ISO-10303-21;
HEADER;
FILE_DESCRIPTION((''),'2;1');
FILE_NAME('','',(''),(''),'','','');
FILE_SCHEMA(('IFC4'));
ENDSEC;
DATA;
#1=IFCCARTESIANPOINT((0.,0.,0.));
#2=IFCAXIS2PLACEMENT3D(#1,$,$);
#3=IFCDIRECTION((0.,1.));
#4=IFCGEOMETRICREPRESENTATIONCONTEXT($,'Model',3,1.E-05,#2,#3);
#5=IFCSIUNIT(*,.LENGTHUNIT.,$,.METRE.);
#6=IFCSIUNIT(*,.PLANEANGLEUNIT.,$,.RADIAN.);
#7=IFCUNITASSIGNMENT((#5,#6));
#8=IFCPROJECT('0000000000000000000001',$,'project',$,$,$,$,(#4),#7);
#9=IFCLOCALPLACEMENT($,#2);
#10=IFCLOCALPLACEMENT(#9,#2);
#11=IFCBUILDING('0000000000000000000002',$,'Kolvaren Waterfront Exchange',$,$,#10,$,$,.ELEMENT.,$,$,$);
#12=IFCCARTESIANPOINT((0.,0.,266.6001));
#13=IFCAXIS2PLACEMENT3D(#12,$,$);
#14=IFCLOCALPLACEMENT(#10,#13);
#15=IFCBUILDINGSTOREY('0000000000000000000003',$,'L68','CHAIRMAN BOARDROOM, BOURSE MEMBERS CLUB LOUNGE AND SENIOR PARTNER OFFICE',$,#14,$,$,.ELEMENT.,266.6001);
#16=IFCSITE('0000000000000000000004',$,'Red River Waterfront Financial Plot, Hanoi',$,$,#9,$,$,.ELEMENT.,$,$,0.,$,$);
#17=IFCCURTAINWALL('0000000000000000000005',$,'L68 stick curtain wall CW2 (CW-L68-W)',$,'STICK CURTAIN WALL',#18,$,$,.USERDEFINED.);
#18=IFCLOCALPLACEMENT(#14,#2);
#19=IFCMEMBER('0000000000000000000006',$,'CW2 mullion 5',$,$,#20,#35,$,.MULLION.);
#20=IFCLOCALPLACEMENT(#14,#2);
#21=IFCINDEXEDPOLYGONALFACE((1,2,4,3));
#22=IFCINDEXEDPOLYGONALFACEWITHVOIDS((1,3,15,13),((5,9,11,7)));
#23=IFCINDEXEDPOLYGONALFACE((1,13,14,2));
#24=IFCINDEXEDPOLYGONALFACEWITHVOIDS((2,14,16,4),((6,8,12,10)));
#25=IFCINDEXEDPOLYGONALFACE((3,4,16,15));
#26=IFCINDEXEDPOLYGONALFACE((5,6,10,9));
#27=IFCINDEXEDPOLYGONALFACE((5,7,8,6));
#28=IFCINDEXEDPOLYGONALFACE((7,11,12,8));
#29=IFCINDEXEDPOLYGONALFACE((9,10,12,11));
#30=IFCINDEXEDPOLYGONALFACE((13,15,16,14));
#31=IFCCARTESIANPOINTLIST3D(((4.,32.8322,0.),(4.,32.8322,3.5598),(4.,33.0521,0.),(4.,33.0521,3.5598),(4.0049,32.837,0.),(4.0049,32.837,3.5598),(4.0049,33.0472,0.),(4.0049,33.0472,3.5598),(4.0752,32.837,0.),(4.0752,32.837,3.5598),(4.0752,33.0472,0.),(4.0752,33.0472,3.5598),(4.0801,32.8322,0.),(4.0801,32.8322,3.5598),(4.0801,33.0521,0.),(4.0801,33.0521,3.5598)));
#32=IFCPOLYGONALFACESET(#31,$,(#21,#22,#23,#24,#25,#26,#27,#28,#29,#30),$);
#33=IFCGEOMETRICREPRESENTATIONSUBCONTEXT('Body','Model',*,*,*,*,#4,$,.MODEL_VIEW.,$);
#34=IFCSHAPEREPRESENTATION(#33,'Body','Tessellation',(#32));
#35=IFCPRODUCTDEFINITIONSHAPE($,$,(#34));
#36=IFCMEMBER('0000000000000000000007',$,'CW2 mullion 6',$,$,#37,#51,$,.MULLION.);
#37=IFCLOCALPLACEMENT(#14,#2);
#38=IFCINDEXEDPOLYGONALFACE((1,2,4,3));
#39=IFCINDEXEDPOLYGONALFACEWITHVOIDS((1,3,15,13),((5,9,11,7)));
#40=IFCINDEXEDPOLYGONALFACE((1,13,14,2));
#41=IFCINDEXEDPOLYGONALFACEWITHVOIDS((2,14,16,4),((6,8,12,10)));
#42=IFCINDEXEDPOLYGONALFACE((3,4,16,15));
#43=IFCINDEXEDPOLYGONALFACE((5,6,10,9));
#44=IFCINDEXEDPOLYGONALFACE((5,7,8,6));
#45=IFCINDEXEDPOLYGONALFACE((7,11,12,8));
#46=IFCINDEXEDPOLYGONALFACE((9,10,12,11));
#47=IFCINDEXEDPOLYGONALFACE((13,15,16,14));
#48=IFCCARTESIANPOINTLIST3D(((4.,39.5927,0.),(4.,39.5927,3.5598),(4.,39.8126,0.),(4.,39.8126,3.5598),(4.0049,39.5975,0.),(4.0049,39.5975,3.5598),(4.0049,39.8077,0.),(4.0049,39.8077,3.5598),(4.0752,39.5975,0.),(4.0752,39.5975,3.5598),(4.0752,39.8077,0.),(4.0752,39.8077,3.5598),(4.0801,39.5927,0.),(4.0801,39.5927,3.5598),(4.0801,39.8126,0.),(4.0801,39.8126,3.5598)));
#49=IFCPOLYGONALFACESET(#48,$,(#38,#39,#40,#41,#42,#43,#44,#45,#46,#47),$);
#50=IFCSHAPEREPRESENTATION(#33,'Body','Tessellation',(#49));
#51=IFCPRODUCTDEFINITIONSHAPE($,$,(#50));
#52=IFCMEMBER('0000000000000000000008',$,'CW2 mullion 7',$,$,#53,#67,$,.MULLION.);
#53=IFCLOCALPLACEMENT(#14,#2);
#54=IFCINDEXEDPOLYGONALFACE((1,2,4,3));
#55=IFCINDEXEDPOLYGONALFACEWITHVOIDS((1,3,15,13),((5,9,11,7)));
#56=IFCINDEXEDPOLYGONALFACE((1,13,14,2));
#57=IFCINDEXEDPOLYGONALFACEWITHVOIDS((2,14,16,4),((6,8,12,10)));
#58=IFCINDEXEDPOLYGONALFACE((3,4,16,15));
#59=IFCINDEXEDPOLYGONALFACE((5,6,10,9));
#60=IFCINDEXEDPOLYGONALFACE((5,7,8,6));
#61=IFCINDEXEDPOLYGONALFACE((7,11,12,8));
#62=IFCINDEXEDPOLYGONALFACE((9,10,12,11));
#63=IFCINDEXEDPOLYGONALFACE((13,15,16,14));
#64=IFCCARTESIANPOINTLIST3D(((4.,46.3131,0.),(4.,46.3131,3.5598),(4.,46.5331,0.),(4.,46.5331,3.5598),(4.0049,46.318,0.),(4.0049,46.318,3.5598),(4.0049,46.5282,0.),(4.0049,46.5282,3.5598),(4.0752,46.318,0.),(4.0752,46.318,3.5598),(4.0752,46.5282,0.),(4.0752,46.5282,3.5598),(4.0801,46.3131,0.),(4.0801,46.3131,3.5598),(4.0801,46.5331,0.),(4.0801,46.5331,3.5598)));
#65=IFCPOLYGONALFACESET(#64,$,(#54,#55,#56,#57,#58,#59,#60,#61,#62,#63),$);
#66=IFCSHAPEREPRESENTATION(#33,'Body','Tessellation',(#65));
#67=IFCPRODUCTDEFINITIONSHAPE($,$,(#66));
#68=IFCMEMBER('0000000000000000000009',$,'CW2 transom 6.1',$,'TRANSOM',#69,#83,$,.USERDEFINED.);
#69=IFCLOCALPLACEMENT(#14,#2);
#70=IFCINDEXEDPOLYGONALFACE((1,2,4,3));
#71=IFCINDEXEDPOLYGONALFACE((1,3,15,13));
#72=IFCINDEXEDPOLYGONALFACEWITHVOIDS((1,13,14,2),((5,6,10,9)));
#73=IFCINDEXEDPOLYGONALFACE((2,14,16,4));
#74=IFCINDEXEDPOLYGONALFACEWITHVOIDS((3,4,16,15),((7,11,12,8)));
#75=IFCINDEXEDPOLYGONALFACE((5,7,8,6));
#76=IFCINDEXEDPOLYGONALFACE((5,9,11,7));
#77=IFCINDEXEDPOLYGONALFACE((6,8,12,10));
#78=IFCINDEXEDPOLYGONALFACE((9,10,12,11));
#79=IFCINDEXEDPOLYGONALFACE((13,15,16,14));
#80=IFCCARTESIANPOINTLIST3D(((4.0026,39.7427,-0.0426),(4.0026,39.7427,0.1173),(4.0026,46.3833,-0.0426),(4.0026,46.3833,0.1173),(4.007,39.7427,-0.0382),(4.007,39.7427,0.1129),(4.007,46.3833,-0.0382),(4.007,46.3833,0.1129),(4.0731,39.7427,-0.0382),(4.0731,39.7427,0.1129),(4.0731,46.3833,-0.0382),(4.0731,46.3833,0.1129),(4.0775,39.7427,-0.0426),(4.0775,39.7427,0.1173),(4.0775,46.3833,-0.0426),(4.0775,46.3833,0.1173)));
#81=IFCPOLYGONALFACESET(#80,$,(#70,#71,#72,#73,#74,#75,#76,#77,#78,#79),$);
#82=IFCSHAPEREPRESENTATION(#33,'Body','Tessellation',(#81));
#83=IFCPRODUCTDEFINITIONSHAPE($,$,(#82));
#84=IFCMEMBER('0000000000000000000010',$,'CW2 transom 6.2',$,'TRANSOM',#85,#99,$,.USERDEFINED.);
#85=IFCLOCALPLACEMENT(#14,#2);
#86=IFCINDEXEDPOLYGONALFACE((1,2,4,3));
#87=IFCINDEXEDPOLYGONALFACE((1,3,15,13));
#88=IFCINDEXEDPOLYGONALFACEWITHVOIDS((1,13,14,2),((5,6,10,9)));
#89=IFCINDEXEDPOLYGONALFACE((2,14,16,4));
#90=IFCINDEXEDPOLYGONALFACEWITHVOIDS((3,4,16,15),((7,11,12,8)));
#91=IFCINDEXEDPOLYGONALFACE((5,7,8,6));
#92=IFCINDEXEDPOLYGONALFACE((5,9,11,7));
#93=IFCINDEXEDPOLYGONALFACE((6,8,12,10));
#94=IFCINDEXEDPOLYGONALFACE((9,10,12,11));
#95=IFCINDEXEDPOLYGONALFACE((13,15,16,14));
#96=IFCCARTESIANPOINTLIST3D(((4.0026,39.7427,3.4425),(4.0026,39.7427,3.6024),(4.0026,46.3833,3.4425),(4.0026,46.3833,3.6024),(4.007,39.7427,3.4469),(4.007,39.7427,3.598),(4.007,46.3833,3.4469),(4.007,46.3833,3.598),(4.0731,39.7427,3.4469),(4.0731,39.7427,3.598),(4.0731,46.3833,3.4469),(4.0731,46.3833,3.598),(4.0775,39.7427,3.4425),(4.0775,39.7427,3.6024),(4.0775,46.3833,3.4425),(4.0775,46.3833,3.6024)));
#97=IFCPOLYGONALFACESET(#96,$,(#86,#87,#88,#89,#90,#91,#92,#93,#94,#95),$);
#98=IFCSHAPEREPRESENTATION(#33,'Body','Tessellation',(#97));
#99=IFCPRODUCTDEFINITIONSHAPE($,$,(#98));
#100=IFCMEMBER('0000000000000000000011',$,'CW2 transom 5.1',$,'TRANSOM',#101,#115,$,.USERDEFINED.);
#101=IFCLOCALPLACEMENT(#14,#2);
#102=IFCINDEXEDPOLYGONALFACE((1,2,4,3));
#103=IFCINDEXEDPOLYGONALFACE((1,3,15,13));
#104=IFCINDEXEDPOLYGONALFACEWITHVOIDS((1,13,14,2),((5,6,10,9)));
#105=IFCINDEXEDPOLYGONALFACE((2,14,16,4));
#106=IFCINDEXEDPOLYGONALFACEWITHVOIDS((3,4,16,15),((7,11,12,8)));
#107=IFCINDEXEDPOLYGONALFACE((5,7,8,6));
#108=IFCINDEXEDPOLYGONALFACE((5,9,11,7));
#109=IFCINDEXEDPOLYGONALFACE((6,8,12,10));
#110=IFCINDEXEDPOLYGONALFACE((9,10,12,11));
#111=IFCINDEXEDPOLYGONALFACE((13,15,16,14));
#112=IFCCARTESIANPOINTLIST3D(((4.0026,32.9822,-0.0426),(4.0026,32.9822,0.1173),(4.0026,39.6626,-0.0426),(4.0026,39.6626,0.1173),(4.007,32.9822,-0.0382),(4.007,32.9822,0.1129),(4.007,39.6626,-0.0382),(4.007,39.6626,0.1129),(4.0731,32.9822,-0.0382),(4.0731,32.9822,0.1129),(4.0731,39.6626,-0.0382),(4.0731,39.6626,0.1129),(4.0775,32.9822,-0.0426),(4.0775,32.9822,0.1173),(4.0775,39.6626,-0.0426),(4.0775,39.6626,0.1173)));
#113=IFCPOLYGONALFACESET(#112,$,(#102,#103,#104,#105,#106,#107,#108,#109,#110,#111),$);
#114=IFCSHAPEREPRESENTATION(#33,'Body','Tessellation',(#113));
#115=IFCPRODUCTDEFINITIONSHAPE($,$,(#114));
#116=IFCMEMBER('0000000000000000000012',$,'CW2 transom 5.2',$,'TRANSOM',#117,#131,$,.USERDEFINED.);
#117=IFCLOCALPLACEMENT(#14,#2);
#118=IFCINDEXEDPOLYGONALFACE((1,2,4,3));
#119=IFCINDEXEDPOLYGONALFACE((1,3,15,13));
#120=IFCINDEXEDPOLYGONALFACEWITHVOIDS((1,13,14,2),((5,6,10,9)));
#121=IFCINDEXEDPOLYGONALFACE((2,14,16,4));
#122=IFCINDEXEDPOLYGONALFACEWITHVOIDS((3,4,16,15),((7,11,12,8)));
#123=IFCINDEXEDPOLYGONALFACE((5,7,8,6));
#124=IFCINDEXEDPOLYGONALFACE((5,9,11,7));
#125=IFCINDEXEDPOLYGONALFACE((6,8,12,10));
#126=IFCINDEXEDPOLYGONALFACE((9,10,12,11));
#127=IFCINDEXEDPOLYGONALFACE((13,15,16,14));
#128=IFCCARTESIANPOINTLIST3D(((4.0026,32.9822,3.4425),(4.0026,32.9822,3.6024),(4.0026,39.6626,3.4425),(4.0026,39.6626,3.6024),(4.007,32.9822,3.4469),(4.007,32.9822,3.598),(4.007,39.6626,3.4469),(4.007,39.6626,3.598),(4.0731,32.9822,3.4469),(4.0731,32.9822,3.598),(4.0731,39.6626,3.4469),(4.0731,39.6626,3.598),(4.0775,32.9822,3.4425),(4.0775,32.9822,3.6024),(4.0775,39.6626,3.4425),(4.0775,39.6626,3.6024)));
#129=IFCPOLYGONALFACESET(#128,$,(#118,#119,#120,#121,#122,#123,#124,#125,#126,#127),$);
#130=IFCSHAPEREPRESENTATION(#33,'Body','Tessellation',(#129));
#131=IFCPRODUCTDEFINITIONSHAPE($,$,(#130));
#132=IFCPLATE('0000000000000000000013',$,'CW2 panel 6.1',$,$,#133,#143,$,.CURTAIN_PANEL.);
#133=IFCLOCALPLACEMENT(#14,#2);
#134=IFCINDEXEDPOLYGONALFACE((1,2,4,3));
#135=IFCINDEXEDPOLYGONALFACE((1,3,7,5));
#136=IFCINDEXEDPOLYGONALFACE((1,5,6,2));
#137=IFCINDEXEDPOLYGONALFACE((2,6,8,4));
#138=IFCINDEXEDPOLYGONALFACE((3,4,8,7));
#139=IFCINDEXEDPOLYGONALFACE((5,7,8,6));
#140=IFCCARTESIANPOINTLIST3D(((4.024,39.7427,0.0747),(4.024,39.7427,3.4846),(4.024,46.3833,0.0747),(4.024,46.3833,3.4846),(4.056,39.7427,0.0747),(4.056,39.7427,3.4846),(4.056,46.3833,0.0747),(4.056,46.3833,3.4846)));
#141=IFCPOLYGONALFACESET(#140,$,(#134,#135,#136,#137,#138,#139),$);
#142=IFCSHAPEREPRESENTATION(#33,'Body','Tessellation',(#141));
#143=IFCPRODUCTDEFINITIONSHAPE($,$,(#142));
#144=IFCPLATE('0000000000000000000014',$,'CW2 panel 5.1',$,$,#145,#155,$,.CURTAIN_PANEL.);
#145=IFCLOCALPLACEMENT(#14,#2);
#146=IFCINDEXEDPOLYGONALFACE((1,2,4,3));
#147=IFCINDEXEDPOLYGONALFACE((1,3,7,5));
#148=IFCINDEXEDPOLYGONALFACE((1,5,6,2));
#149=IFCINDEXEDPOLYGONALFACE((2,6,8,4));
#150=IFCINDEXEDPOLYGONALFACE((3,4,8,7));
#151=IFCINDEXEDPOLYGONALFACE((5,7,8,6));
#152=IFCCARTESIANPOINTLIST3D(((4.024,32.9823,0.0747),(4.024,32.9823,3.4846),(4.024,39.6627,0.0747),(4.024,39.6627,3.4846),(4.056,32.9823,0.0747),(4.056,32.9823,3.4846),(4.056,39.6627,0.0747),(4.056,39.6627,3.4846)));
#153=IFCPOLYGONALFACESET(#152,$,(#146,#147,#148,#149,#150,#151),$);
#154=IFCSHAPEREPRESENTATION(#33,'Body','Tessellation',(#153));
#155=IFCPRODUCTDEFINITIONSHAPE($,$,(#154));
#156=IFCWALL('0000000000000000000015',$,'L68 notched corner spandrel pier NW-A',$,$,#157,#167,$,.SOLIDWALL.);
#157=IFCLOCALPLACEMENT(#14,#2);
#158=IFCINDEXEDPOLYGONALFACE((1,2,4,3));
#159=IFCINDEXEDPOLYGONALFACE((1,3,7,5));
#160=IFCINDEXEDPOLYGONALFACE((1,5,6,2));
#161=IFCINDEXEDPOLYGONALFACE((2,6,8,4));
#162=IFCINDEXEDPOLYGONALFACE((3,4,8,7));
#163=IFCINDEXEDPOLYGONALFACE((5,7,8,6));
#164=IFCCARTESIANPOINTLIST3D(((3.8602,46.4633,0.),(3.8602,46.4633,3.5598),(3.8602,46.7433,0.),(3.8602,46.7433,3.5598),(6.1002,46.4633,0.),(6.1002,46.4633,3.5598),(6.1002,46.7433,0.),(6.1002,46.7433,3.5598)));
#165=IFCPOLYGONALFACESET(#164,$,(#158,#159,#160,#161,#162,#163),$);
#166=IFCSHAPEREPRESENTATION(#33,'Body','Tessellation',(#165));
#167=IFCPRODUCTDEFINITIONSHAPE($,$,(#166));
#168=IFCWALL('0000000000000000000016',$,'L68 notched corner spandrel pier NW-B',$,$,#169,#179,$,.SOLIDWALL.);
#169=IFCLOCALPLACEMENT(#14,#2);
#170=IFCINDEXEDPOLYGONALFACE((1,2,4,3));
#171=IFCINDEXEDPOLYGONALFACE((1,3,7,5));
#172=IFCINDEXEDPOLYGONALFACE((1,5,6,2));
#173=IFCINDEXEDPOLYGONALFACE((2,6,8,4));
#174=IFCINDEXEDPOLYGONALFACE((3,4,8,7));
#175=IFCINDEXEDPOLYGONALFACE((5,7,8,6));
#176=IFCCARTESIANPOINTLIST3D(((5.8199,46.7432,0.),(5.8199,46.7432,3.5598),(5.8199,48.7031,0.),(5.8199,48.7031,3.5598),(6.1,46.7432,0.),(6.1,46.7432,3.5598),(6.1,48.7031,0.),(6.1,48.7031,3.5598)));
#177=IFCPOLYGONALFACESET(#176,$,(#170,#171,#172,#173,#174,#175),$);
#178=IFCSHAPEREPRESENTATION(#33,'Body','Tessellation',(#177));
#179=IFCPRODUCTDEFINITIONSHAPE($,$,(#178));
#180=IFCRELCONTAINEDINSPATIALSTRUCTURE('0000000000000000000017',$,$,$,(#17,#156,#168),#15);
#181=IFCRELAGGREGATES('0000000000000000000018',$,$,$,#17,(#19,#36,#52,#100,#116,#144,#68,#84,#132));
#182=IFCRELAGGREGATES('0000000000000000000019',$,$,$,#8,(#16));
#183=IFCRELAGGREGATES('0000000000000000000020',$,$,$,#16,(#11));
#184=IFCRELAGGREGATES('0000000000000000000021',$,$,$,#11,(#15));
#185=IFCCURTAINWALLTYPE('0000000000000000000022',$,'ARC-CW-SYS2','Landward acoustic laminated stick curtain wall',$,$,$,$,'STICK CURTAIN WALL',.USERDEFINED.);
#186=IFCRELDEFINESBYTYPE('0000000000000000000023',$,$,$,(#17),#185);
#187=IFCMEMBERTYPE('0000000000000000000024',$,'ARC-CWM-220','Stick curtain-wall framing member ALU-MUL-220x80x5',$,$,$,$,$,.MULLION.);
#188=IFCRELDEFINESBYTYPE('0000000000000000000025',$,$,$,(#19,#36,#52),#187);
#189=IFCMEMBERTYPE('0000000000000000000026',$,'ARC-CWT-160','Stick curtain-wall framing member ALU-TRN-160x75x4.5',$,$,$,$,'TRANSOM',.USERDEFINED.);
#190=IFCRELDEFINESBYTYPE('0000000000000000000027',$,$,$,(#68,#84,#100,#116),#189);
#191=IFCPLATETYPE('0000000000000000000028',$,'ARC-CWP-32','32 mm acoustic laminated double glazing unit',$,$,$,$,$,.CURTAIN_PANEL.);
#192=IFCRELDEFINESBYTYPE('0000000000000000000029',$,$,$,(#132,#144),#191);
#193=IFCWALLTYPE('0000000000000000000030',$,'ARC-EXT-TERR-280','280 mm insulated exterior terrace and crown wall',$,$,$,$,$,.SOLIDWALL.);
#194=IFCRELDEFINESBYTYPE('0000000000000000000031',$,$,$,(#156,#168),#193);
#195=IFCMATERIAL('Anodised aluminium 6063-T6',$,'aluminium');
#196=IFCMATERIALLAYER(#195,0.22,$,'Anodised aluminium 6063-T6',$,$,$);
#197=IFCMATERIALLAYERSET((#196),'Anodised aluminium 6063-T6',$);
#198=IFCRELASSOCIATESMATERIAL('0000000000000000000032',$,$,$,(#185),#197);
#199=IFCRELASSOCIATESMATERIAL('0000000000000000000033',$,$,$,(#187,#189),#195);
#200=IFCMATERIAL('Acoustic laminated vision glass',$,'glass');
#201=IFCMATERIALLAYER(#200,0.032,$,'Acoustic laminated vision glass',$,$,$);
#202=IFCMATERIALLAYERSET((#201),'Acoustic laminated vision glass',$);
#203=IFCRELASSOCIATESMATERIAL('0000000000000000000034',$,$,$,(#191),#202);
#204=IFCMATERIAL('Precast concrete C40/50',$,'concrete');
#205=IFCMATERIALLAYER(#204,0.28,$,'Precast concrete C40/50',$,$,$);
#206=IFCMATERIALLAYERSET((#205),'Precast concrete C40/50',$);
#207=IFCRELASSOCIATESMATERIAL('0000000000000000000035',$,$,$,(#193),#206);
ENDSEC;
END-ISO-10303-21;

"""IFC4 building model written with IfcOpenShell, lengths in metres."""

from ifc_helpers import new_model, si_unit, direction, frame, frame_2d, origin, origin_with_axes, origin_2d, place, context, subcontext, project, spatial, rectangle, hollow_rectangle, extrude, source, transform, mapped, material, layer, layer_set, material_profile, profile_set, type_object, element, aggregate, save


model = new_model("IFC4")

# Units and contexts
model_context = context("Model", 3, precision=1e-05, world=origin(), true_north=direction((0.0, 1.0)))
body_context = subcontext(model_context, "Body", "Model", "MODEL_VIEW")
ifc_project = project(units=[si_unit("LENGTHUNIT", "METRE"), si_unit("PLANEANGLEUNIT", "RADIAN")], contexts=[model_context])

# Site, building, storey
site_placement = place(None, origin())
site = spatial("IfcSite", under=ifc_project, at=site_placement, Name="Red River Waterfront Financial Plot, Hanoi", CompositionType="ELEMENT", RefElevation=0.0)
building_placement = place(site_placement, origin())
building = spatial("IfcBuilding", under=site, at=building_placement, Name="Kolvaren Waterfront Exchange", CompositionType="ELEMENT")
storey_placement = place(building_placement, frame((0.0, 0.0, 266.6001)))
storey = spatial("IfcBuildingStorey", under=building, at=storey_placement, Name="L68", Description="CHAIRMAN BOARDROOM, BOURSE MEMBERS CLUB LOUNGE AND SENIOR PARTNER OFFICE", CompositionType="ELEMENT", Elevation=266.6001)

# Curtain wall, members, plates
ifc_material_1 = material(Name="Anodised aluminium 6063-T6", Category="aluminium")
ifc_layer_1 = layer(ifc_material_1, 0.22, Name="Anodised aluminium 6063-T6")
ifc_layer_set_1 = layer_set([ifc_layer_1], Name="Anodised aluminium 6063-T6")
curtain_wall_type = type_object("IfcCurtainWallType", Name="ARC-CW-SYS2", Description="Landward acoustic laminated stick curtain wall", ElementType="STICK CURTAIN WALL", PredefinedType="USERDEFINED", material=ifc_layer_set_1)
curtain_wall_placement = place(storey_placement, origin())
curtain_wall = element("IfcCurtainWall", 1, at=curtain_wall_placement, inside=storey, type_object=curtain_wall_type, Name="L68 stick curtain wall CW2 (CW-L68-W)", ObjectType="STICK CURTAIN WALL", PredefinedType="USERDEFINED")
ifc_material_profile_1 = material_profile(ifc_material_1, hollow_rectangle(XDim=0.0801, YDim=0.22, WallThickness=0.0049, at=origin_2d()), Name="ALU-MUL-220x80x5")
ifc_profile_set_1 = profile_set([ifc_material_profile_1], Name="Anodised aluminium 6063-T6")
member_type_1 = type_object("IfcMemberType", Name="ARC-CWM-220", Description="Stick curtain-wall framing member ALU-MUL-220x80x5", PredefinedType="MULLION", material=ifc_profile_set_1)
shared_shape_1 = source(origin_with_axes(), body_context, "Body", "SweptSolid", [
    extrude(hollow_rectangle(XDim=0.0801, YDim=0.22, WallThickness=0.0049, at=origin_2d()), origin(), (0.0, 0.0, 1.0), 3.5598),
])
member_1_placement = place(storey_placement, frame((4.04, 32.9421, 0.0), z_axis=(0.0, 0.0, 1.0), x_axis=(-1.0, 0.0, 0.0)))
member_1 = element("IfcMember", 2, at=member_1_placement, type_object=member_type_1, Name="CW2 mullion 5", PredefinedType="MULLION", context=body_context, shape_type="MappedRepresentation", body=[
    mapped(shared_shape_1, transform((0.0, 0.0, 0.0), x_axis=(1.0, 0.0, 0.0), y_axis=(0.0, 1.0, 0.0), z_axis=(0.0, 0.0, 1.0), scale=1.0)),
])
member_2_placement = place(storey_placement, frame((4.04, 39.7026, 0.0), z_axis=(0.0, 0.0, 1.0), x_axis=(-1.0, 0.0, 0.0)))
member_2 = element("IfcMember", 3, at=member_2_placement, type_object=member_type_1, Name="CW2 mullion 6", PredefinedType="MULLION", context=body_context, shape_type="MappedRepresentation", body=[
    mapped(shared_shape_1, transform((0.0, 0.0, 0.0), x_axis=(1.0, 0.0, 0.0), y_axis=(0.0, 1.0, 0.0), z_axis=(0.0, 0.0, 1.0), scale=1.0)),
])
member_3_placement = place(storey_placement, frame((4.04, 46.4231, 0.0), z_axis=(0.0, 0.0, 1.0), x_axis=(-1.0, 0.0, 0.0)))
member_3 = element("IfcMember", 4, at=member_3_placement, type_object=member_type_1, Name="CW2 mullion 7", PredefinedType="MULLION", context=body_context, shape_type="MappedRepresentation", body=[
    mapped(shared_shape_1, transform((0.0, 0.0, 0.0), x_axis=(1.0, 0.0, 0.0), y_axis=(0.0, 1.0, 0.0), z_axis=(0.0, 0.0, 1.0), scale=1.0)),
])
ifc_material_profile_2 = material_profile(ifc_material_1, hollow_rectangle(XDim=0.075, YDim=0.1599, WallThickness=0.0044, at=origin_2d()), Name="ALU-TRN-160x75x4.5")
ifc_profile_set_2 = profile_set([ifc_material_profile_2], Name="Anodised aluminium 6063-T6")
member_type_2 = type_object("IfcMemberType", Name="ARC-CWT-160", Description="Stick curtain-wall framing member ALU-TRN-160x75x4.5", ElementType="TRANSOM", PredefinedType="USERDEFINED", material=ifc_profile_set_2)
shared_shape_2 = source(origin_with_axes(), body_context, "Body", "SweptSolid", [
    extrude(hollow_rectangle(XDim=0.075, YDim=0.1599, WallThickness=0.0044, at=origin_2d()), origin(), (0.0, 0.0, 1.0), 6.6406),
])
member_4_placement = place(storey_placement, frame((4.04, 39.7427, 0.0374), z_axis=(0.0, 1.0, 0.0), x_axis=(-1.0, 0.0, 0.0)))
member_4 = element("IfcMember", 5, at=member_4_placement, type_object=member_type_2, Name="CW2 transom 6.1", ObjectType="TRANSOM", PredefinedType="USERDEFINED", context=body_context, shape_type="MappedRepresentation", body=[
    mapped(shared_shape_2, transform((0.0, 0.0, 0.0), x_axis=(1.0, 0.0, 0.0), y_axis=(0.0, 1.0, 0.0), z_axis=(0.0, 0.0, 1.0), scale=1.0)),
])
member_5_placement = place(storey_placement, frame((4.04, 39.7427, 3.5225), z_axis=(0.0, 1.0, 0.0), x_axis=(-1.0, 0.0, 0.0)))
member_5 = element("IfcMember", 6, at=member_5_placement, type_object=member_type_2, Name="CW2 transom 6.2", ObjectType="TRANSOM", PredefinedType="USERDEFINED", context=body_context, shape_type="MappedRepresentation", body=[
    mapped(shared_shape_2, transform((0.0, 0.0, 0.0), x_axis=(1.0, 0.0, 0.0), y_axis=(0.0, 1.0, 0.0), z_axis=(0.0, 0.0, 1.0), scale=1.0)),
])
shared_shape_3 = source(origin_with_axes(), body_context, "Body", "SweptSolid", [
    extrude(hollow_rectangle(XDim=0.075, YDim=0.1599, WallThickness=0.0044, at=origin_2d()), origin(), (0.0, 0.0, 1.0), 6.6804),
])
member_6_placement = place(storey_placement, frame((4.04, 32.9822, 0.0374), z_axis=(0.0, 1.0, 0.0), x_axis=(-1.0, 0.0, 0.0)))
member_6 = element("IfcMember", 7, at=member_6_placement, type_object=member_type_2, Name="CW2 transom 5.1", ObjectType="TRANSOM", PredefinedType="USERDEFINED", context=body_context, shape_type="MappedRepresentation", body=[
    mapped(shared_shape_3, transform((0.0, 0.0, 0.0), x_axis=(1.0, 0.0, 0.0), y_axis=(0.0, 1.0, 0.0), z_axis=(0.0, 0.0, 1.0), scale=1.0)),
])
member_7_placement = place(storey_placement, frame((4.04, 32.9822, 3.5225), z_axis=(0.0, 1.0, 0.0), x_axis=(-1.0, 0.0, 0.0)))
member_7 = element("IfcMember", 8, at=member_7_placement, type_object=member_type_2, Name="CW2 transom 5.2", ObjectType="TRANSOM", PredefinedType="USERDEFINED", context=body_context, shape_type="MappedRepresentation", body=[
    mapped(shared_shape_3, transform((0.0, 0.0, 0.0), x_axis=(1.0, 0.0, 0.0), y_axis=(0.0, 1.0, 0.0), z_axis=(0.0, 0.0, 1.0), scale=1.0)),
])
ifc_material_2 = material(Name="Acoustic laminated vision glass", Category="glass")
ifc_layer_2 = layer(ifc_material_2, 0.032, Name="Acoustic laminated vision glass")
ifc_layer_set_2 = layer_set([ifc_layer_2], Name="Acoustic laminated vision glass")
plate_type = type_object("IfcPlateType", Name="ARC-CWP-32", Description="32 mm acoustic laminated double glazing unit", PredefinedType="CURTAIN_PANEL", material=ifc_layer_set_2)
shared_shape_4 = source(origin_with_axes(), body_context, "Body", "SweptSolid", [
    extrude(rectangle(XDim=6.6406, YDim=0.032, at=origin_2d()), origin(), (0.0, 0.0, 1.0), 3.4099),
])
plate_1_placement = place(storey_placement, frame((4.04, 43.063, 0.0747), z_axis=(0.0, 0.0, 1.0), x_axis=(0.0, 1.0, 0.0)))
plate_1 = element("IfcPlate", 9, at=plate_1_placement, type_object=plate_type, Name="CW2 panel 6.1", PredefinedType="CURTAIN_PANEL", context=body_context, shape_type="MappedRepresentation", body=[
    mapped(shared_shape_4, transform((0.0, 0.0, 0.0), x_axis=(1.0, 0.0, 0.0), y_axis=(0.0, 1.0, 0.0), z_axis=(0.0, 0.0, 1.0), scale=1.0)),
])
shared_shape_5 = source(origin_with_axes(), body_context, "Body", "SweptSolid", [
    extrude(rectangle(XDim=6.6804, YDim=0.032, at=origin_2d()), origin(), (0.0, 0.0, 1.0), 3.4099),
])
plate_2_placement = place(storey_placement, frame((4.04, 36.3225, 0.0747), z_axis=(0.0, 0.0, 1.0), x_axis=(0.0, 1.0, 0.0)))
plate_2 = element("IfcPlate", 10, at=plate_2_placement, type_object=plate_type, Name="CW2 panel 5.1", PredefinedType="CURTAIN_PANEL", context=body_context, shape_type="MappedRepresentation", body=[
    mapped(shared_shape_5, transform((0.0, 0.0, 0.0), x_axis=(1.0, 0.0, 0.0), y_axis=(0.0, 1.0, 0.0), z_axis=(0.0, 0.0, 1.0), scale=1.0)),
])
aggregate(curtain_wall, [member_1, member_2, member_3, member_6, member_7, plate_2, member_4, member_5, plate_1])

# Walls
ifc_material_3 = material(Name="Precast concrete C40/50", Category="concrete")
ifc_layer_3 = layer(ifc_material_3, 0.28, Name="Precast concrete C40/50")
ifc_layer_set_3 = layer_set([ifc_layer_3], Name="Precast concrete C40/50")
wall_type_1 = type_object("IfcWallType", Name="ARC-EXT-TERR-280", Description="280 mm insulated exterior terrace and crown wall", PredefinedType="SOLIDWALL", material=ifc_layer_set_3)
wall_1_placement = place(storey_placement, frame((3.8601, 46.6033, 0.0), z_axis=(0.0, 0.0, 1.0), x_axis=(1.0, 0.0, 0.0)))
element("IfcWall", 11, at=wall_1_placement, inside=storey, type_object=wall_type_1, Name="L68 notched corner spandrel pier NW-A", PredefinedType="SOLIDWALL", context=body_context, shape_type="SweptSolid", body=[
    extrude(rectangle(XDim=2.24, YDim=0.28, at=frame_2d((1.1201, 0.0))), origin(), (0.0, 0.0, 1.0), 3.5598),
])
wall_2_placement = place(storey_placement, frame((5.96, 46.7432, 0.0), z_axis=(0.0, 0.0, 1.0), x_axis=(0.0, 1.0, 0.0)))
element("IfcWall", 12, at=wall_2_placement, inside=storey, type_object=wall_type_1, Name="L68 notched corner spandrel pier NW-B", PredefinedType="SOLIDWALL", context=body_context, shape_type="SweptSolid", body=[
    extrude(rectangle(XDim=1.96, YDim=0.28, at=frame_2d((0.98, 0.0))), origin(), (0.0, 0.0, 1.0), 3.5598),
])

save(model, "model.ifc")
